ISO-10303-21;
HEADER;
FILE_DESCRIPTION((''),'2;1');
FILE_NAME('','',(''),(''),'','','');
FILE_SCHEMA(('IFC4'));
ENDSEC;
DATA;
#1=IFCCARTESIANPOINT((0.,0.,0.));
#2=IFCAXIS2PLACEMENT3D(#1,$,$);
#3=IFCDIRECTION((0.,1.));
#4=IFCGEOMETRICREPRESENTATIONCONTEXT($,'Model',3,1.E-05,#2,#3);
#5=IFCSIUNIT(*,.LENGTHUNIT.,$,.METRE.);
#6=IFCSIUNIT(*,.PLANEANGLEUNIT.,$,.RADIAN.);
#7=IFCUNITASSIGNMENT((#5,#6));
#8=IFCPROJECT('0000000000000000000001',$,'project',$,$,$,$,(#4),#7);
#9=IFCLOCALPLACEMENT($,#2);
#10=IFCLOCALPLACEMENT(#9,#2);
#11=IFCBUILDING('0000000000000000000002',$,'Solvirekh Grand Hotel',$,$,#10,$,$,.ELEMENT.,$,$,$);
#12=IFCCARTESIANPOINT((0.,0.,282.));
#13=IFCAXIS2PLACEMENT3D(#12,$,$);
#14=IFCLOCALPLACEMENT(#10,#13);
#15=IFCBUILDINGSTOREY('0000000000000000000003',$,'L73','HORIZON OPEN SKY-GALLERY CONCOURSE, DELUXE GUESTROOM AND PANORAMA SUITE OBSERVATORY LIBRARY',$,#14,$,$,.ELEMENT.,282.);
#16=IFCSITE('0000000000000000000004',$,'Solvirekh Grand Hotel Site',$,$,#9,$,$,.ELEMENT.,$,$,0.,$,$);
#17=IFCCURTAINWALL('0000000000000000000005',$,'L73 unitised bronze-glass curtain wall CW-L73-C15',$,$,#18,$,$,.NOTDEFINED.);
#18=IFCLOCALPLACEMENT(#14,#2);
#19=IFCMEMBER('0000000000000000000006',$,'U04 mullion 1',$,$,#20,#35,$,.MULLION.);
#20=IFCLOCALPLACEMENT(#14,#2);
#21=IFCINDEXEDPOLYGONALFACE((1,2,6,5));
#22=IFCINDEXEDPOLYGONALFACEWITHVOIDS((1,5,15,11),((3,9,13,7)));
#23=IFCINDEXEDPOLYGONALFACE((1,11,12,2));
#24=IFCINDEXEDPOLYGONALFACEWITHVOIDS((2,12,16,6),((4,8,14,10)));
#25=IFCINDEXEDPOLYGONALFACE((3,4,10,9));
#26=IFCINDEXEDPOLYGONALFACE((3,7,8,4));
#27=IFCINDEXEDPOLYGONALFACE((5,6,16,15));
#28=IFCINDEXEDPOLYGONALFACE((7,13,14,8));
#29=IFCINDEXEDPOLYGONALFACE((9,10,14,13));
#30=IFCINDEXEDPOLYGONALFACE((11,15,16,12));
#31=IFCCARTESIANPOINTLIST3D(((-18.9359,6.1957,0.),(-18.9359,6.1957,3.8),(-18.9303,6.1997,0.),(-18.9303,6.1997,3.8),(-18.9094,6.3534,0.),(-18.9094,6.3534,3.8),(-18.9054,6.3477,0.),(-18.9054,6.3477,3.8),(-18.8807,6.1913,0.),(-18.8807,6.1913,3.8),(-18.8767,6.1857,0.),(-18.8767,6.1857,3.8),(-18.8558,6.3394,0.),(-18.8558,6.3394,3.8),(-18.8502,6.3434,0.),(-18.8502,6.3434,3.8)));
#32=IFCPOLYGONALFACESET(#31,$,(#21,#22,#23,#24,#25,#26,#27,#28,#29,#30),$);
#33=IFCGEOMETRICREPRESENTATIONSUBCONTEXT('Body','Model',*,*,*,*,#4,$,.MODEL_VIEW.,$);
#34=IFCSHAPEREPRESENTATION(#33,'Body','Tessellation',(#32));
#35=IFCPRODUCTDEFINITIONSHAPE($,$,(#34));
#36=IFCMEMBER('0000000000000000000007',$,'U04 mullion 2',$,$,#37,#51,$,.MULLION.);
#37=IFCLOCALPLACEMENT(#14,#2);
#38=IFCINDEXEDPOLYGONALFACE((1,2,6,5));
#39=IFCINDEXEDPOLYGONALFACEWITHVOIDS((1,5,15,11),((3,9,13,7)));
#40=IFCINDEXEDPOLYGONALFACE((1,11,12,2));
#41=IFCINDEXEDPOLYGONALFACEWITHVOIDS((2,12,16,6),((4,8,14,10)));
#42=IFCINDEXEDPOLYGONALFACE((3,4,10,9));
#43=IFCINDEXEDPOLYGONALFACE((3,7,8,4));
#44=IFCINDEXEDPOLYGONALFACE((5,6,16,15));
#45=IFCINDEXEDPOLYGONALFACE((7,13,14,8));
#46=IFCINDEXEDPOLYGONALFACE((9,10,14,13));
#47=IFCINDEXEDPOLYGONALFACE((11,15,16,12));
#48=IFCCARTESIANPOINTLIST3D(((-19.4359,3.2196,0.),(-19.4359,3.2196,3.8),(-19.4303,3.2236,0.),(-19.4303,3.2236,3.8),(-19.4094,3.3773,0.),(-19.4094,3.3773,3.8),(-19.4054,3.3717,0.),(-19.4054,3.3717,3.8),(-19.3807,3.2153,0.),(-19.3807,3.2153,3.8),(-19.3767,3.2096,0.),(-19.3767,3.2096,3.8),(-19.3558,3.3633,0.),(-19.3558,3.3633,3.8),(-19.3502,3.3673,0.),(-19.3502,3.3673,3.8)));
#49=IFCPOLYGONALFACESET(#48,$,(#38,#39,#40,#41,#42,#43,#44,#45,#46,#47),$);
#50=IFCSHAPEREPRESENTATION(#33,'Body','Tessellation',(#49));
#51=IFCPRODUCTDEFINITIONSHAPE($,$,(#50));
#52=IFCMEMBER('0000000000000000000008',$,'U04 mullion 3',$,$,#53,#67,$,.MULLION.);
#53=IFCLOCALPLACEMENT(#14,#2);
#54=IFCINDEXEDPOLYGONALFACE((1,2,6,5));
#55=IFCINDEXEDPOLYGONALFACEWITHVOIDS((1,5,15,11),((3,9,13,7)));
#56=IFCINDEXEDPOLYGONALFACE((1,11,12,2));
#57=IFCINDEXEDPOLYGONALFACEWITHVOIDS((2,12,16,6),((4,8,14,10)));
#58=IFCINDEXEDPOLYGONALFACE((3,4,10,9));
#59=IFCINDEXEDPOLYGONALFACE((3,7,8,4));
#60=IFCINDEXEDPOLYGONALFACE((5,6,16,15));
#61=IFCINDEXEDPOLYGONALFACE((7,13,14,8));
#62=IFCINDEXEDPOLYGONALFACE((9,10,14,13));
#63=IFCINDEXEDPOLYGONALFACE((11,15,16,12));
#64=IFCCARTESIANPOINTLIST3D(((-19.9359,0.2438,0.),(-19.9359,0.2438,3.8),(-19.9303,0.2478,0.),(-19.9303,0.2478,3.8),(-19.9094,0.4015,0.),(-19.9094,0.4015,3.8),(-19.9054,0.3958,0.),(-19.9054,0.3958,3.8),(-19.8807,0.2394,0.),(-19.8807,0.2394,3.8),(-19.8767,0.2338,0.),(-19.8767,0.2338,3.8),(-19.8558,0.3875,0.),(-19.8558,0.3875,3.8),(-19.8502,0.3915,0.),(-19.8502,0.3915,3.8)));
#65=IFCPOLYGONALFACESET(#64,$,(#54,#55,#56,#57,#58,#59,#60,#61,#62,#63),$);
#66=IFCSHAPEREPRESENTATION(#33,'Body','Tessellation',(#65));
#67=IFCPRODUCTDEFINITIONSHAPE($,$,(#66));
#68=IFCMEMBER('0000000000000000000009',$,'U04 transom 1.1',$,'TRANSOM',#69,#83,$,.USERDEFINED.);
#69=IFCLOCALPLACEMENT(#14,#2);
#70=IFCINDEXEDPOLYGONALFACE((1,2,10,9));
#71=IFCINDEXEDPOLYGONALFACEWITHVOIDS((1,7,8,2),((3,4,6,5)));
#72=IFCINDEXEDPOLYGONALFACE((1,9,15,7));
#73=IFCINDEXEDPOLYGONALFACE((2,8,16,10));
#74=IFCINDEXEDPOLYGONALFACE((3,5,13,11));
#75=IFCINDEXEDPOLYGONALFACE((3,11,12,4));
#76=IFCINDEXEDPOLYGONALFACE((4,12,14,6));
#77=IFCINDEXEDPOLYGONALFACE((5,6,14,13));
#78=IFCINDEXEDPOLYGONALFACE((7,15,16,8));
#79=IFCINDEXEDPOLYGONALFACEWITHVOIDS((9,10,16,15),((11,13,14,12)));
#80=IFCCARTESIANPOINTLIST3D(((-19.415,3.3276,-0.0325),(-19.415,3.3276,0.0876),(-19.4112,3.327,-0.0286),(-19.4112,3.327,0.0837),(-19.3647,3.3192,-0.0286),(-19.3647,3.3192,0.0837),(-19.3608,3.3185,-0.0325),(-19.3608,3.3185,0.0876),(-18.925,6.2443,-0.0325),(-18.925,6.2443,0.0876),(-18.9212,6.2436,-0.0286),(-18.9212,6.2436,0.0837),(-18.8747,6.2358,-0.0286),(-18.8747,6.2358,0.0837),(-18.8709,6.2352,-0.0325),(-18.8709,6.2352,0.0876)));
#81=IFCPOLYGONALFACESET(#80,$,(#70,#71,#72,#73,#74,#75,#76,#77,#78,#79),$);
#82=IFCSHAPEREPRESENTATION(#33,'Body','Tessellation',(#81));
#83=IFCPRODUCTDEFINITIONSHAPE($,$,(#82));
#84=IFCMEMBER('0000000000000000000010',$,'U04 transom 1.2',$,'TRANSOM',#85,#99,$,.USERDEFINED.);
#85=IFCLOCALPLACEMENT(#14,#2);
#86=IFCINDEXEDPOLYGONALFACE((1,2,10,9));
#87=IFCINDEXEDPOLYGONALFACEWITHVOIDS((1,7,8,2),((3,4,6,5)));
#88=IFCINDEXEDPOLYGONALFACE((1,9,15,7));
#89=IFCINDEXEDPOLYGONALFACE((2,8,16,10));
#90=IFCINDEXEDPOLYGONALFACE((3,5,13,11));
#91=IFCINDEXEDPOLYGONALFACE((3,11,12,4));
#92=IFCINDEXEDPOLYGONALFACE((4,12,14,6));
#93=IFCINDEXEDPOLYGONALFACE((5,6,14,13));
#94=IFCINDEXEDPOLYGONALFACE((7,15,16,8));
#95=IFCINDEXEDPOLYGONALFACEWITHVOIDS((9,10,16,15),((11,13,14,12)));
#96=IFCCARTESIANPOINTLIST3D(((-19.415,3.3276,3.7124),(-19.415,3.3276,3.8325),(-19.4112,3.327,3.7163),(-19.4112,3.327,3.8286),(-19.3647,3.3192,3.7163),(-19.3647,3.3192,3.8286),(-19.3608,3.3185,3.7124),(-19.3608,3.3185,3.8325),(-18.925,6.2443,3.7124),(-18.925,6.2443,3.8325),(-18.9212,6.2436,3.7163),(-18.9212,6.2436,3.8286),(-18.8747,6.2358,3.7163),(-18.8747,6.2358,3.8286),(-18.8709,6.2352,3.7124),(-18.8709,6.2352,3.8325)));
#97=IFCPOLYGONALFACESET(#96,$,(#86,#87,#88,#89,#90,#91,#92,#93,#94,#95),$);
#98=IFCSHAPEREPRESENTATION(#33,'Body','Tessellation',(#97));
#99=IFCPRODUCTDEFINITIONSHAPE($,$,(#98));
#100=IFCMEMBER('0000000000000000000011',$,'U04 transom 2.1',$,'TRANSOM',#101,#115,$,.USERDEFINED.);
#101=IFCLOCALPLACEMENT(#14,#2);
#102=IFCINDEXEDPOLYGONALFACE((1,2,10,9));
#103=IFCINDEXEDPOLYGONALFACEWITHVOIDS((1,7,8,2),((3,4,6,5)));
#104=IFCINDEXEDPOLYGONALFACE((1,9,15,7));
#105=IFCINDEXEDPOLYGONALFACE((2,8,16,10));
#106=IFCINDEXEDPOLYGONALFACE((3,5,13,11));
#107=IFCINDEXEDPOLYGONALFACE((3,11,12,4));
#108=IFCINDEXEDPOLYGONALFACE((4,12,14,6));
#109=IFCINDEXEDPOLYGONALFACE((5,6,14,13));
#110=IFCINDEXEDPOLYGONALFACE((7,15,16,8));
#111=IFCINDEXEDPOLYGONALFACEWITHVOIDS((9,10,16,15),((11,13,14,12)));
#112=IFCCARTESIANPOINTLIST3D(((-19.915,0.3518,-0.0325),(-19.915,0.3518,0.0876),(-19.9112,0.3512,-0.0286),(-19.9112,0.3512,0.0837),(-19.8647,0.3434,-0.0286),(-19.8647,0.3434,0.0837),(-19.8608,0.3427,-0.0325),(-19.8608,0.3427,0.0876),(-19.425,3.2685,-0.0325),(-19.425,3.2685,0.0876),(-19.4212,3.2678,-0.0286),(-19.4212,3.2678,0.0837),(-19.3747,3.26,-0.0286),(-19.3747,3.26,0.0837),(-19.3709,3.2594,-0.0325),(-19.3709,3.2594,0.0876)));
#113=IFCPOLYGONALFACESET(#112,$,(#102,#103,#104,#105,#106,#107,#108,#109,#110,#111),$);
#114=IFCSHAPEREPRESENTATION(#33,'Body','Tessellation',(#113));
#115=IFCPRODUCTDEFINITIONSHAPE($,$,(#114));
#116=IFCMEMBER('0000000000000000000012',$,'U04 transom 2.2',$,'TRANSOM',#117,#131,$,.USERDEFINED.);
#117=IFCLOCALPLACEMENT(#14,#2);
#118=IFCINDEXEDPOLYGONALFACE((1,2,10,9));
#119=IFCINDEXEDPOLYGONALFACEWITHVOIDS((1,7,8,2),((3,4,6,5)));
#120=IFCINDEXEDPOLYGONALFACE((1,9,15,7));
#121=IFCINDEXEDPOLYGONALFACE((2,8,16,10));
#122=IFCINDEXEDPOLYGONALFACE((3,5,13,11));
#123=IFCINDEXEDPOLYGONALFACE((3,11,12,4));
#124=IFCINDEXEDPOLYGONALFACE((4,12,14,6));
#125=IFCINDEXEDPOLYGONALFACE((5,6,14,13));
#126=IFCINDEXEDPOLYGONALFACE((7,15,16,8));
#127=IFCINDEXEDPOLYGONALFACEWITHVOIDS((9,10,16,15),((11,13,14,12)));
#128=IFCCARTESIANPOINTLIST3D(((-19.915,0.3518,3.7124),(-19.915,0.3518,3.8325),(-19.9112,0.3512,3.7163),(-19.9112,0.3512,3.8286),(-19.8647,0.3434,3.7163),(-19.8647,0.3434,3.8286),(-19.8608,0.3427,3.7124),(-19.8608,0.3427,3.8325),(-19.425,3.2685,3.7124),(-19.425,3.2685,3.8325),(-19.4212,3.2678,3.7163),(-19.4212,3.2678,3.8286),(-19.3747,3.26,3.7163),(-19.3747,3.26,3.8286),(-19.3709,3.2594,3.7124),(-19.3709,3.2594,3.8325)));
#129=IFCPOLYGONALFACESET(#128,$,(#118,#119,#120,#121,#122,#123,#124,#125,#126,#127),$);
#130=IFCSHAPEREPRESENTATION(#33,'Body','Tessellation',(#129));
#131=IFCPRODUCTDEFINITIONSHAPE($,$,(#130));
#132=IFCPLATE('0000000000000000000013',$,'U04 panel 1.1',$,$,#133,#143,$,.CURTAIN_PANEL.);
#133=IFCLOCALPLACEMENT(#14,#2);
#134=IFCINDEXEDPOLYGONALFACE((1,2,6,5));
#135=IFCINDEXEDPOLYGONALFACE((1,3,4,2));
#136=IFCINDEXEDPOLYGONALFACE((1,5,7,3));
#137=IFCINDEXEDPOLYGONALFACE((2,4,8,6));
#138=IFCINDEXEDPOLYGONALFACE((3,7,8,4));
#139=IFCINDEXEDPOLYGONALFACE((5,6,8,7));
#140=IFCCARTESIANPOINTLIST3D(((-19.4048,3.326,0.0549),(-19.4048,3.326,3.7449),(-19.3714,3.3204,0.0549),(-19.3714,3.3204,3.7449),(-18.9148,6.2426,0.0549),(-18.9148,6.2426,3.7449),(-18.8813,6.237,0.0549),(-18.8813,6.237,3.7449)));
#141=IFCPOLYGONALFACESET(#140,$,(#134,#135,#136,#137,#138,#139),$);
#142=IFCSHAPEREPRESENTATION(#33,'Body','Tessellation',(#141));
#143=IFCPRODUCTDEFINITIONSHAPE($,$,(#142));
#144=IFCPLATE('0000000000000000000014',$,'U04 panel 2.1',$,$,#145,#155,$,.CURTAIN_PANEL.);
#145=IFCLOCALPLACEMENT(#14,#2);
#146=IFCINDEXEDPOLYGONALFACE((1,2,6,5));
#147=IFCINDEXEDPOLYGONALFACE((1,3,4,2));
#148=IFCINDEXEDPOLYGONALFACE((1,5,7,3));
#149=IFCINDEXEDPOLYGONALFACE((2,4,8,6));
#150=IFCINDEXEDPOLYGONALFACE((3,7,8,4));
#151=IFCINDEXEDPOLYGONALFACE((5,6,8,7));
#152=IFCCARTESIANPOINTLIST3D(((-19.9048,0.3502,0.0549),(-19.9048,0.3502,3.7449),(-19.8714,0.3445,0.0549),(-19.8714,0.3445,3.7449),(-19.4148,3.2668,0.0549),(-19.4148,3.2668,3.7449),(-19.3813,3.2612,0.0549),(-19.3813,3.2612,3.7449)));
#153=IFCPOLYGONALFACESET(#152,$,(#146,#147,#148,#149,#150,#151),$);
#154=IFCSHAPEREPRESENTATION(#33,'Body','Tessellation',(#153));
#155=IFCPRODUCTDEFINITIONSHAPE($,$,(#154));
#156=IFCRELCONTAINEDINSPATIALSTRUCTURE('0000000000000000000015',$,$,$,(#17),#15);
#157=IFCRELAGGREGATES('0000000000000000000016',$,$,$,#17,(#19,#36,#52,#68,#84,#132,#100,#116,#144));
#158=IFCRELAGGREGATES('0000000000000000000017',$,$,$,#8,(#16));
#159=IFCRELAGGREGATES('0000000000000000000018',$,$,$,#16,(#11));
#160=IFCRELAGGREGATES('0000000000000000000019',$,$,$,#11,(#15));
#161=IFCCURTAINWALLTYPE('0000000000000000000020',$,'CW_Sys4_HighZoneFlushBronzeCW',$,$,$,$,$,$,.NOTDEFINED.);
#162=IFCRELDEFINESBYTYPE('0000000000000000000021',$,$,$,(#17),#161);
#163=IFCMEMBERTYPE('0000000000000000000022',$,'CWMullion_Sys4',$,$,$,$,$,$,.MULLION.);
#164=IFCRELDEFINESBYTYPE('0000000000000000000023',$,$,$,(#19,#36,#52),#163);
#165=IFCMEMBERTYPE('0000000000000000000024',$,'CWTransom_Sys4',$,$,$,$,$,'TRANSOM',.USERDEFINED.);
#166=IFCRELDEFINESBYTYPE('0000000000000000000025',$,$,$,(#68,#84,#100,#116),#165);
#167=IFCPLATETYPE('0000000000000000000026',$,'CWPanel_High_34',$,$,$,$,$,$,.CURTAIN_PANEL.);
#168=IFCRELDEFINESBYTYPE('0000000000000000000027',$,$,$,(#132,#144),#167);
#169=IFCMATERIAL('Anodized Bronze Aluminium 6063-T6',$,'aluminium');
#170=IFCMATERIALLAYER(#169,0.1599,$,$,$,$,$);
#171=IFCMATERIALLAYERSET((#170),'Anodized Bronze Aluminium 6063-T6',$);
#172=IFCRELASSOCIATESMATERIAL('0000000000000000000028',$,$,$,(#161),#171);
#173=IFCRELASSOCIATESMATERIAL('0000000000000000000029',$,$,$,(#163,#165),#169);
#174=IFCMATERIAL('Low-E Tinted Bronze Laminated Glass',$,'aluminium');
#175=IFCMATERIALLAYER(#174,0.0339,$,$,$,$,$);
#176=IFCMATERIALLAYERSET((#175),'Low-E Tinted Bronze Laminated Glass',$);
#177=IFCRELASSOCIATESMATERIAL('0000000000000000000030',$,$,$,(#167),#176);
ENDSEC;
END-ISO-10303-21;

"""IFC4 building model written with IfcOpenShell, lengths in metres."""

from ifc_helpers import new_model, si_unit, direction, frame, origin, origin_2d, place, context, subcontext, project, spatial, rectangle, hollow_rectangle, extrude, source, transform, mapped, material, layer, layer_set, material_profile, profile_set, type_object, element, aggregate, save


model = new_model("IFC4")

# Units and contexts
model_context = context("Model", 3, precision=1e-05, world=origin(), true_north=direction((0.0, 1.0)))
body_context = subcontext(model_context, "Body", "Model", "MODEL_VIEW")
ifc_project = project(units=[si_unit("LENGTHUNIT", "METRE"), si_unit("PLANEANGLEUNIT", "RADIAN")], contexts=[model_context])

# Site, building, storey
site_placement = place(None, origin())
site = spatial("IfcSite", under=ifc_project, at=site_placement, Name="Solvirekh Grand Hotel Site", CompositionType="ELEMENT", RefElevation=0.0)
building_placement = place(site_placement, origin())
building = spatial("IfcBuilding", under=site, at=building_placement, Name="Solvirekh Grand Hotel", CompositionType="ELEMENT")
storey_placement = place(building_placement, frame((0.0, 0.0, 282.0)))
storey = spatial("IfcBuildingStorey", under=building, at=storey_placement, Name="L73", Description="HORIZON OPEN SKY-GALLERY CONCOURSE, DELUXE GUESTROOM AND PANORAMA SUITE OBSERVATORY LIBRARY", CompositionType="ELEMENT", Elevation=282.0)

# Curtain wall, members, plates
ifc_material_1 = material(Name="Anodized Bronze Aluminium 6063-T6", Category="aluminium")
ifc_layer_1 = layer(ifc_material_1, 0.1599)
ifc_layer_set_1 = layer_set([ifc_layer_1], Name="Anodized Bronze Aluminium 6063-T6")
curtain_wall_type = type_object("IfcCurtainWallType", Name="CW_Sys4_HighZoneFlushBronzeCW", PredefinedType="NOTDEFINED", material=ifc_layer_set_1)
curtain_wall_placement = place(storey_placement, origin())
curtain_wall = element("IfcCurtainWall", 1, at=curtain_wall_placement, inside=storey, type_object=curtain_wall_type, Name="L73 unitised bronze-glass curtain wall CW-L73-C15", PredefinedType="NOTDEFINED")
ifc_material_profile_1 = material_profile(ifc_material_1, hollow_rectangle(XDim=0.0601, YDim=0.1599, WallThickness=0.0049, at=origin_2d()), Name="ALU RHS 160X60X5")
ifc_profile_set_1 = profile_set([ifc_material_profile_1], Name="Anodized Bronze Aluminium 6063-T6")
member_type_1 = type_object("IfcMemberType", Name="CWMullion_Sys4", PredefinedType="MULLION", material=ifc_profile_set_1)
shared_shape_1 = source(origin(), body_context, "Body", "SweptSolid", [
    extrude(hollow_rectangle(XDim=0.0601, YDim=0.1599, WallThickness=0.0049, at=origin_2d()), origin(), (0.0, 0.0, 1.0), 3.8),
])
member_1_placement = place(storey_placement, frame((-18.8931, 6.2695, 0.0), z_axis=(0.0, 0.0, 1.0), x_axis=(0.986176, -0.165702, 0.0)))
member_1 = element("IfcMember", 2, at=member_1_placement, type_object=member_type_1, Name="U04 mullion 1", PredefinedType="MULLION", context=body_context, shape_type="MappedRepresentation", body=[
    mapped(shared_shape_1, transform((0.0, 0.0, 0.0), x_axis=(1.0, 0.0, 0.0), y_axis=(0.0, 1.0, 0.0), z_axis=(0.0, 0.0, 1.0), scale=1.0)),
])
member_2_placement = place(storey_placement, frame((-19.3931, 3.2935, 0.0), z_axis=(0.0, 0.0, 1.0), x_axis=(0.986176, -0.165702, 0.0)))
member_2 = element("IfcMember", 3, at=member_2_placement, type_object=member_type_1, Name="U04 mullion 2", PredefinedType="MULLION", context=body_context, shape_type="MappedRepresentation", body=[
    mapped(shared_shape_1, transform((0.0, 0.0, 0.0), x_axis=(1.0, 0.0, 0.0), y_axis=(0.0, 1.0, 0.0), z_axis=(0.0, 0.0, 1.0), scale=1.0)),
])
member_3_placement = place(storey_placement, frame((-19.8931, 0.3176, 0.0), z_axis=(0.0, 0.0, 1.0), x_axis=(0.986176, -0.165702, 0.0)))
member_3 = element("IfcMember", 4, at=member_3_placement, type_object=member_type_1, Name="U04 mullion 3", PredefinedType="MULLION", context=body_context, shape_type="MappedRepresentation", body=[
    mapped(shared_shape_1, transform((0.0, 0.0, 0.0), x_axis=(1.0, 0.0, 0.0), y_axis=(0.0, 1.0, 0.0), z_axis=(0.0, 0.0, 1.0), scale=1.0)),
])
ifc_material_profile_2 = material_profile(ifc_material_1, hollow_rectangle(XDim=0.0549, YDim=0.1201, WallThickness=0.0039, at=origin_2d()), Name="ALU RHS 120X55X4")
ifc_profile_set_2 = profile_set([ifc_material_profile_2], Name="Anodized Bronze Aluminium 6063-T6")
member_type_2 = type_object("IfcMemberType", Name="CWTransom_Sys4", ElementType="TRANSOM", PredefinedType="USERDEFINED", material=ifc_profile_set_2)
shared_shape_2 = source(origin(), body_context, "Body", "SweptSolid", [
    extrude(hollow_rectangle(XDim=0.0549, YDim=0.1201, WallThickness=0.0039, at=origin_2d()), origin(), (0.0, 0.0, 1.0), 2.9575),
])
member_4_placement = place(storey_placement, frame((-18.8979, 6.2397, 0.0276), z_axis=(-0.165671, -0.986181, 0.0), x_axis=(0.986181, -0.165671, 0.0)))
member_4 = element("IfcMember", 5, at=member_4_placement, type_object=member_type_2, Name="U04 transom 1.1", ObjectType="TRANSOM", PredefinedType="USERDEFINED", context=body_context, shape_type="MappedRepresentation", body=[
    mapped(shared_shape_2, transform((0.0, 0.0, 0.0), x_axis=(1.0, 0.0, 0.0), y_axis=(0.0, 1.0, 0.0), z_axis=(0.0, 0.0, 1.0), scale=1.0)),
])
member_5_placement = place(storey_placement, frame((-18.8979, 6.2397, 3.7725), z_axis=(-0.165671, -0.986181, 0.0), x_axis=(0.986181, -0.165671, 0.0)))
member_5 = element("IfcMember", 6, at=member_5_placement, type_object=member_type_2, Name="U04 transom 1.2", ObjectType="TRANSOM", PredefinedType="USERDEFINED", context=body_context, shape_type="MappedRepresentation", body=[
    mapped(shared_shape_2, transform((0.0, 0.0, 0.0), x_axis=(1.0, 0.0, 0.0), y_axis=(0.0, 1.0, 0.0), z_axis=(0.0, 0.0, 1.0), scale=1.0)),
])
member_6_placement = place(storey_placement, frame((-19.3979, 3.2639, 0.0276), z_axis=(-0.165671, -0.986181, 0.0), x_axis=(0.986181, -0.165671, 0.0)))
member_6 = element("IfcMember", 7, at=member_6_placement, type_object=member_type_2, Name="U04 transom 2.1", ObjectType="TRANSOM", PredefinedType="USERDEFINED", context=body_context, shape_type="MappedRepresentation", body=[
    mapped(shared_shape_2, transform((0.0, 0.0, 0.0), x_axis=(1.0, 0.0, 0.0), y_axis=(0.0, 1.0, 0.0), z_axis=(0.0, 0.0, 1.0), scale=1.0)),
])
member_7_placement = place(storey_placement, frame((-19.3979, 3.2639, 3.7725), z_axis=(-0.165671, -0.986181, 0.0), x_axis=(0.986181, -0.165671, 0.0)))
member_7 = element("IfcMember", 8, at=member_7_placement, type_object=member_type_2, Name="U04 transom 2.2", ObjectType="TRANSOM", PredefinedType="USERDEFINED", context=body_context, shape_type="MappedRepresentation", body=[
    mapped(shared_shape_2, transform((0.0, 0.0, 0.0), x_axis=(1.0, 0.0, 0.0), y_axis=(0.0, 1.0, 0.0), z_axis=(0.0, 0.0, 1.0), scale=1.0)),
])
ifc_material_2 = material(Name="Low-E Tinted Bronze Laminated Glass", Category="aluminium")
ifc_layer_2 = layer(ifc_material_2, 0.0339)
ifc_layer_set_2 = layer_set([ifc_layer_2], Name="Low-E Tinted Bronze Laminated Glass")
plate_type = type_object("IfcPlateType", Name="CWPanel_High_34", PredefinedType="CURTAIN_PANEL", material=ifc_layer_set_2)
shared_shape_3 = source(origin(), body_context, "Body", "SweptSolid", [
    extrude(rectangle(XDim=2.9575, YDim=0.0339, at=origin_2d()), origin(), (0.0, 0.0, 1.0), 3.6899),
])
plate_1_placement = place(storey_placement, frame((-19.1431, 4.7815, 0.0549), z_axis=(0.0, 0.0, 1.0), x_axis=(-0.165702, -0.986176, 0.0)))
plate_1 = element("IfcPlate", 9, at=plate_1_placement, type_object=plate_type, Name="U04 panel 1.1", PredefinedType="CURTAIN_PANEL", context=body_context, shape_type="MappedRepresentation", body=[
    mapped(shared_shape_3, transform((0.0, 0.0, 0.0), x_axis=(1.0, 0.0, 0.0), y_axis=(0.0, 1.0, 0.0), z_axis=(0.0, 0.0, 1.0), scale=1.0)),
])
plate_2_placement = place(storey_placement, frame((-19.6431, 1.8057, 0.0549), z_axis=(0.0, 0.0, 1.0), x_axis=(-0.165702, -0.986176, 0.0)))
plate_2 = element("IfcPlate", 10, at=plate_2_placement, type_object=plate_type, Name="U04 panel 2.1", PredefinedType="CURTAIN_PANEL", context=body_context, shape_type="MappedRepresentation", body=[
    mapped(shared_shape_3, transform((0.0, 0.0, 0.0), x_axis=(1.0, 0.0, 0.0), y_axis=(0.0, 1.0, 0.0), z_axis=(0.0, 0.0, 1.0), scale=1.0)),
])
aggregate(curtain_wall, [member_1, member_2, member_3, member_4, member_5, plate_1, member_6, member_7, plate_2])

save(model, "model.ifc")
